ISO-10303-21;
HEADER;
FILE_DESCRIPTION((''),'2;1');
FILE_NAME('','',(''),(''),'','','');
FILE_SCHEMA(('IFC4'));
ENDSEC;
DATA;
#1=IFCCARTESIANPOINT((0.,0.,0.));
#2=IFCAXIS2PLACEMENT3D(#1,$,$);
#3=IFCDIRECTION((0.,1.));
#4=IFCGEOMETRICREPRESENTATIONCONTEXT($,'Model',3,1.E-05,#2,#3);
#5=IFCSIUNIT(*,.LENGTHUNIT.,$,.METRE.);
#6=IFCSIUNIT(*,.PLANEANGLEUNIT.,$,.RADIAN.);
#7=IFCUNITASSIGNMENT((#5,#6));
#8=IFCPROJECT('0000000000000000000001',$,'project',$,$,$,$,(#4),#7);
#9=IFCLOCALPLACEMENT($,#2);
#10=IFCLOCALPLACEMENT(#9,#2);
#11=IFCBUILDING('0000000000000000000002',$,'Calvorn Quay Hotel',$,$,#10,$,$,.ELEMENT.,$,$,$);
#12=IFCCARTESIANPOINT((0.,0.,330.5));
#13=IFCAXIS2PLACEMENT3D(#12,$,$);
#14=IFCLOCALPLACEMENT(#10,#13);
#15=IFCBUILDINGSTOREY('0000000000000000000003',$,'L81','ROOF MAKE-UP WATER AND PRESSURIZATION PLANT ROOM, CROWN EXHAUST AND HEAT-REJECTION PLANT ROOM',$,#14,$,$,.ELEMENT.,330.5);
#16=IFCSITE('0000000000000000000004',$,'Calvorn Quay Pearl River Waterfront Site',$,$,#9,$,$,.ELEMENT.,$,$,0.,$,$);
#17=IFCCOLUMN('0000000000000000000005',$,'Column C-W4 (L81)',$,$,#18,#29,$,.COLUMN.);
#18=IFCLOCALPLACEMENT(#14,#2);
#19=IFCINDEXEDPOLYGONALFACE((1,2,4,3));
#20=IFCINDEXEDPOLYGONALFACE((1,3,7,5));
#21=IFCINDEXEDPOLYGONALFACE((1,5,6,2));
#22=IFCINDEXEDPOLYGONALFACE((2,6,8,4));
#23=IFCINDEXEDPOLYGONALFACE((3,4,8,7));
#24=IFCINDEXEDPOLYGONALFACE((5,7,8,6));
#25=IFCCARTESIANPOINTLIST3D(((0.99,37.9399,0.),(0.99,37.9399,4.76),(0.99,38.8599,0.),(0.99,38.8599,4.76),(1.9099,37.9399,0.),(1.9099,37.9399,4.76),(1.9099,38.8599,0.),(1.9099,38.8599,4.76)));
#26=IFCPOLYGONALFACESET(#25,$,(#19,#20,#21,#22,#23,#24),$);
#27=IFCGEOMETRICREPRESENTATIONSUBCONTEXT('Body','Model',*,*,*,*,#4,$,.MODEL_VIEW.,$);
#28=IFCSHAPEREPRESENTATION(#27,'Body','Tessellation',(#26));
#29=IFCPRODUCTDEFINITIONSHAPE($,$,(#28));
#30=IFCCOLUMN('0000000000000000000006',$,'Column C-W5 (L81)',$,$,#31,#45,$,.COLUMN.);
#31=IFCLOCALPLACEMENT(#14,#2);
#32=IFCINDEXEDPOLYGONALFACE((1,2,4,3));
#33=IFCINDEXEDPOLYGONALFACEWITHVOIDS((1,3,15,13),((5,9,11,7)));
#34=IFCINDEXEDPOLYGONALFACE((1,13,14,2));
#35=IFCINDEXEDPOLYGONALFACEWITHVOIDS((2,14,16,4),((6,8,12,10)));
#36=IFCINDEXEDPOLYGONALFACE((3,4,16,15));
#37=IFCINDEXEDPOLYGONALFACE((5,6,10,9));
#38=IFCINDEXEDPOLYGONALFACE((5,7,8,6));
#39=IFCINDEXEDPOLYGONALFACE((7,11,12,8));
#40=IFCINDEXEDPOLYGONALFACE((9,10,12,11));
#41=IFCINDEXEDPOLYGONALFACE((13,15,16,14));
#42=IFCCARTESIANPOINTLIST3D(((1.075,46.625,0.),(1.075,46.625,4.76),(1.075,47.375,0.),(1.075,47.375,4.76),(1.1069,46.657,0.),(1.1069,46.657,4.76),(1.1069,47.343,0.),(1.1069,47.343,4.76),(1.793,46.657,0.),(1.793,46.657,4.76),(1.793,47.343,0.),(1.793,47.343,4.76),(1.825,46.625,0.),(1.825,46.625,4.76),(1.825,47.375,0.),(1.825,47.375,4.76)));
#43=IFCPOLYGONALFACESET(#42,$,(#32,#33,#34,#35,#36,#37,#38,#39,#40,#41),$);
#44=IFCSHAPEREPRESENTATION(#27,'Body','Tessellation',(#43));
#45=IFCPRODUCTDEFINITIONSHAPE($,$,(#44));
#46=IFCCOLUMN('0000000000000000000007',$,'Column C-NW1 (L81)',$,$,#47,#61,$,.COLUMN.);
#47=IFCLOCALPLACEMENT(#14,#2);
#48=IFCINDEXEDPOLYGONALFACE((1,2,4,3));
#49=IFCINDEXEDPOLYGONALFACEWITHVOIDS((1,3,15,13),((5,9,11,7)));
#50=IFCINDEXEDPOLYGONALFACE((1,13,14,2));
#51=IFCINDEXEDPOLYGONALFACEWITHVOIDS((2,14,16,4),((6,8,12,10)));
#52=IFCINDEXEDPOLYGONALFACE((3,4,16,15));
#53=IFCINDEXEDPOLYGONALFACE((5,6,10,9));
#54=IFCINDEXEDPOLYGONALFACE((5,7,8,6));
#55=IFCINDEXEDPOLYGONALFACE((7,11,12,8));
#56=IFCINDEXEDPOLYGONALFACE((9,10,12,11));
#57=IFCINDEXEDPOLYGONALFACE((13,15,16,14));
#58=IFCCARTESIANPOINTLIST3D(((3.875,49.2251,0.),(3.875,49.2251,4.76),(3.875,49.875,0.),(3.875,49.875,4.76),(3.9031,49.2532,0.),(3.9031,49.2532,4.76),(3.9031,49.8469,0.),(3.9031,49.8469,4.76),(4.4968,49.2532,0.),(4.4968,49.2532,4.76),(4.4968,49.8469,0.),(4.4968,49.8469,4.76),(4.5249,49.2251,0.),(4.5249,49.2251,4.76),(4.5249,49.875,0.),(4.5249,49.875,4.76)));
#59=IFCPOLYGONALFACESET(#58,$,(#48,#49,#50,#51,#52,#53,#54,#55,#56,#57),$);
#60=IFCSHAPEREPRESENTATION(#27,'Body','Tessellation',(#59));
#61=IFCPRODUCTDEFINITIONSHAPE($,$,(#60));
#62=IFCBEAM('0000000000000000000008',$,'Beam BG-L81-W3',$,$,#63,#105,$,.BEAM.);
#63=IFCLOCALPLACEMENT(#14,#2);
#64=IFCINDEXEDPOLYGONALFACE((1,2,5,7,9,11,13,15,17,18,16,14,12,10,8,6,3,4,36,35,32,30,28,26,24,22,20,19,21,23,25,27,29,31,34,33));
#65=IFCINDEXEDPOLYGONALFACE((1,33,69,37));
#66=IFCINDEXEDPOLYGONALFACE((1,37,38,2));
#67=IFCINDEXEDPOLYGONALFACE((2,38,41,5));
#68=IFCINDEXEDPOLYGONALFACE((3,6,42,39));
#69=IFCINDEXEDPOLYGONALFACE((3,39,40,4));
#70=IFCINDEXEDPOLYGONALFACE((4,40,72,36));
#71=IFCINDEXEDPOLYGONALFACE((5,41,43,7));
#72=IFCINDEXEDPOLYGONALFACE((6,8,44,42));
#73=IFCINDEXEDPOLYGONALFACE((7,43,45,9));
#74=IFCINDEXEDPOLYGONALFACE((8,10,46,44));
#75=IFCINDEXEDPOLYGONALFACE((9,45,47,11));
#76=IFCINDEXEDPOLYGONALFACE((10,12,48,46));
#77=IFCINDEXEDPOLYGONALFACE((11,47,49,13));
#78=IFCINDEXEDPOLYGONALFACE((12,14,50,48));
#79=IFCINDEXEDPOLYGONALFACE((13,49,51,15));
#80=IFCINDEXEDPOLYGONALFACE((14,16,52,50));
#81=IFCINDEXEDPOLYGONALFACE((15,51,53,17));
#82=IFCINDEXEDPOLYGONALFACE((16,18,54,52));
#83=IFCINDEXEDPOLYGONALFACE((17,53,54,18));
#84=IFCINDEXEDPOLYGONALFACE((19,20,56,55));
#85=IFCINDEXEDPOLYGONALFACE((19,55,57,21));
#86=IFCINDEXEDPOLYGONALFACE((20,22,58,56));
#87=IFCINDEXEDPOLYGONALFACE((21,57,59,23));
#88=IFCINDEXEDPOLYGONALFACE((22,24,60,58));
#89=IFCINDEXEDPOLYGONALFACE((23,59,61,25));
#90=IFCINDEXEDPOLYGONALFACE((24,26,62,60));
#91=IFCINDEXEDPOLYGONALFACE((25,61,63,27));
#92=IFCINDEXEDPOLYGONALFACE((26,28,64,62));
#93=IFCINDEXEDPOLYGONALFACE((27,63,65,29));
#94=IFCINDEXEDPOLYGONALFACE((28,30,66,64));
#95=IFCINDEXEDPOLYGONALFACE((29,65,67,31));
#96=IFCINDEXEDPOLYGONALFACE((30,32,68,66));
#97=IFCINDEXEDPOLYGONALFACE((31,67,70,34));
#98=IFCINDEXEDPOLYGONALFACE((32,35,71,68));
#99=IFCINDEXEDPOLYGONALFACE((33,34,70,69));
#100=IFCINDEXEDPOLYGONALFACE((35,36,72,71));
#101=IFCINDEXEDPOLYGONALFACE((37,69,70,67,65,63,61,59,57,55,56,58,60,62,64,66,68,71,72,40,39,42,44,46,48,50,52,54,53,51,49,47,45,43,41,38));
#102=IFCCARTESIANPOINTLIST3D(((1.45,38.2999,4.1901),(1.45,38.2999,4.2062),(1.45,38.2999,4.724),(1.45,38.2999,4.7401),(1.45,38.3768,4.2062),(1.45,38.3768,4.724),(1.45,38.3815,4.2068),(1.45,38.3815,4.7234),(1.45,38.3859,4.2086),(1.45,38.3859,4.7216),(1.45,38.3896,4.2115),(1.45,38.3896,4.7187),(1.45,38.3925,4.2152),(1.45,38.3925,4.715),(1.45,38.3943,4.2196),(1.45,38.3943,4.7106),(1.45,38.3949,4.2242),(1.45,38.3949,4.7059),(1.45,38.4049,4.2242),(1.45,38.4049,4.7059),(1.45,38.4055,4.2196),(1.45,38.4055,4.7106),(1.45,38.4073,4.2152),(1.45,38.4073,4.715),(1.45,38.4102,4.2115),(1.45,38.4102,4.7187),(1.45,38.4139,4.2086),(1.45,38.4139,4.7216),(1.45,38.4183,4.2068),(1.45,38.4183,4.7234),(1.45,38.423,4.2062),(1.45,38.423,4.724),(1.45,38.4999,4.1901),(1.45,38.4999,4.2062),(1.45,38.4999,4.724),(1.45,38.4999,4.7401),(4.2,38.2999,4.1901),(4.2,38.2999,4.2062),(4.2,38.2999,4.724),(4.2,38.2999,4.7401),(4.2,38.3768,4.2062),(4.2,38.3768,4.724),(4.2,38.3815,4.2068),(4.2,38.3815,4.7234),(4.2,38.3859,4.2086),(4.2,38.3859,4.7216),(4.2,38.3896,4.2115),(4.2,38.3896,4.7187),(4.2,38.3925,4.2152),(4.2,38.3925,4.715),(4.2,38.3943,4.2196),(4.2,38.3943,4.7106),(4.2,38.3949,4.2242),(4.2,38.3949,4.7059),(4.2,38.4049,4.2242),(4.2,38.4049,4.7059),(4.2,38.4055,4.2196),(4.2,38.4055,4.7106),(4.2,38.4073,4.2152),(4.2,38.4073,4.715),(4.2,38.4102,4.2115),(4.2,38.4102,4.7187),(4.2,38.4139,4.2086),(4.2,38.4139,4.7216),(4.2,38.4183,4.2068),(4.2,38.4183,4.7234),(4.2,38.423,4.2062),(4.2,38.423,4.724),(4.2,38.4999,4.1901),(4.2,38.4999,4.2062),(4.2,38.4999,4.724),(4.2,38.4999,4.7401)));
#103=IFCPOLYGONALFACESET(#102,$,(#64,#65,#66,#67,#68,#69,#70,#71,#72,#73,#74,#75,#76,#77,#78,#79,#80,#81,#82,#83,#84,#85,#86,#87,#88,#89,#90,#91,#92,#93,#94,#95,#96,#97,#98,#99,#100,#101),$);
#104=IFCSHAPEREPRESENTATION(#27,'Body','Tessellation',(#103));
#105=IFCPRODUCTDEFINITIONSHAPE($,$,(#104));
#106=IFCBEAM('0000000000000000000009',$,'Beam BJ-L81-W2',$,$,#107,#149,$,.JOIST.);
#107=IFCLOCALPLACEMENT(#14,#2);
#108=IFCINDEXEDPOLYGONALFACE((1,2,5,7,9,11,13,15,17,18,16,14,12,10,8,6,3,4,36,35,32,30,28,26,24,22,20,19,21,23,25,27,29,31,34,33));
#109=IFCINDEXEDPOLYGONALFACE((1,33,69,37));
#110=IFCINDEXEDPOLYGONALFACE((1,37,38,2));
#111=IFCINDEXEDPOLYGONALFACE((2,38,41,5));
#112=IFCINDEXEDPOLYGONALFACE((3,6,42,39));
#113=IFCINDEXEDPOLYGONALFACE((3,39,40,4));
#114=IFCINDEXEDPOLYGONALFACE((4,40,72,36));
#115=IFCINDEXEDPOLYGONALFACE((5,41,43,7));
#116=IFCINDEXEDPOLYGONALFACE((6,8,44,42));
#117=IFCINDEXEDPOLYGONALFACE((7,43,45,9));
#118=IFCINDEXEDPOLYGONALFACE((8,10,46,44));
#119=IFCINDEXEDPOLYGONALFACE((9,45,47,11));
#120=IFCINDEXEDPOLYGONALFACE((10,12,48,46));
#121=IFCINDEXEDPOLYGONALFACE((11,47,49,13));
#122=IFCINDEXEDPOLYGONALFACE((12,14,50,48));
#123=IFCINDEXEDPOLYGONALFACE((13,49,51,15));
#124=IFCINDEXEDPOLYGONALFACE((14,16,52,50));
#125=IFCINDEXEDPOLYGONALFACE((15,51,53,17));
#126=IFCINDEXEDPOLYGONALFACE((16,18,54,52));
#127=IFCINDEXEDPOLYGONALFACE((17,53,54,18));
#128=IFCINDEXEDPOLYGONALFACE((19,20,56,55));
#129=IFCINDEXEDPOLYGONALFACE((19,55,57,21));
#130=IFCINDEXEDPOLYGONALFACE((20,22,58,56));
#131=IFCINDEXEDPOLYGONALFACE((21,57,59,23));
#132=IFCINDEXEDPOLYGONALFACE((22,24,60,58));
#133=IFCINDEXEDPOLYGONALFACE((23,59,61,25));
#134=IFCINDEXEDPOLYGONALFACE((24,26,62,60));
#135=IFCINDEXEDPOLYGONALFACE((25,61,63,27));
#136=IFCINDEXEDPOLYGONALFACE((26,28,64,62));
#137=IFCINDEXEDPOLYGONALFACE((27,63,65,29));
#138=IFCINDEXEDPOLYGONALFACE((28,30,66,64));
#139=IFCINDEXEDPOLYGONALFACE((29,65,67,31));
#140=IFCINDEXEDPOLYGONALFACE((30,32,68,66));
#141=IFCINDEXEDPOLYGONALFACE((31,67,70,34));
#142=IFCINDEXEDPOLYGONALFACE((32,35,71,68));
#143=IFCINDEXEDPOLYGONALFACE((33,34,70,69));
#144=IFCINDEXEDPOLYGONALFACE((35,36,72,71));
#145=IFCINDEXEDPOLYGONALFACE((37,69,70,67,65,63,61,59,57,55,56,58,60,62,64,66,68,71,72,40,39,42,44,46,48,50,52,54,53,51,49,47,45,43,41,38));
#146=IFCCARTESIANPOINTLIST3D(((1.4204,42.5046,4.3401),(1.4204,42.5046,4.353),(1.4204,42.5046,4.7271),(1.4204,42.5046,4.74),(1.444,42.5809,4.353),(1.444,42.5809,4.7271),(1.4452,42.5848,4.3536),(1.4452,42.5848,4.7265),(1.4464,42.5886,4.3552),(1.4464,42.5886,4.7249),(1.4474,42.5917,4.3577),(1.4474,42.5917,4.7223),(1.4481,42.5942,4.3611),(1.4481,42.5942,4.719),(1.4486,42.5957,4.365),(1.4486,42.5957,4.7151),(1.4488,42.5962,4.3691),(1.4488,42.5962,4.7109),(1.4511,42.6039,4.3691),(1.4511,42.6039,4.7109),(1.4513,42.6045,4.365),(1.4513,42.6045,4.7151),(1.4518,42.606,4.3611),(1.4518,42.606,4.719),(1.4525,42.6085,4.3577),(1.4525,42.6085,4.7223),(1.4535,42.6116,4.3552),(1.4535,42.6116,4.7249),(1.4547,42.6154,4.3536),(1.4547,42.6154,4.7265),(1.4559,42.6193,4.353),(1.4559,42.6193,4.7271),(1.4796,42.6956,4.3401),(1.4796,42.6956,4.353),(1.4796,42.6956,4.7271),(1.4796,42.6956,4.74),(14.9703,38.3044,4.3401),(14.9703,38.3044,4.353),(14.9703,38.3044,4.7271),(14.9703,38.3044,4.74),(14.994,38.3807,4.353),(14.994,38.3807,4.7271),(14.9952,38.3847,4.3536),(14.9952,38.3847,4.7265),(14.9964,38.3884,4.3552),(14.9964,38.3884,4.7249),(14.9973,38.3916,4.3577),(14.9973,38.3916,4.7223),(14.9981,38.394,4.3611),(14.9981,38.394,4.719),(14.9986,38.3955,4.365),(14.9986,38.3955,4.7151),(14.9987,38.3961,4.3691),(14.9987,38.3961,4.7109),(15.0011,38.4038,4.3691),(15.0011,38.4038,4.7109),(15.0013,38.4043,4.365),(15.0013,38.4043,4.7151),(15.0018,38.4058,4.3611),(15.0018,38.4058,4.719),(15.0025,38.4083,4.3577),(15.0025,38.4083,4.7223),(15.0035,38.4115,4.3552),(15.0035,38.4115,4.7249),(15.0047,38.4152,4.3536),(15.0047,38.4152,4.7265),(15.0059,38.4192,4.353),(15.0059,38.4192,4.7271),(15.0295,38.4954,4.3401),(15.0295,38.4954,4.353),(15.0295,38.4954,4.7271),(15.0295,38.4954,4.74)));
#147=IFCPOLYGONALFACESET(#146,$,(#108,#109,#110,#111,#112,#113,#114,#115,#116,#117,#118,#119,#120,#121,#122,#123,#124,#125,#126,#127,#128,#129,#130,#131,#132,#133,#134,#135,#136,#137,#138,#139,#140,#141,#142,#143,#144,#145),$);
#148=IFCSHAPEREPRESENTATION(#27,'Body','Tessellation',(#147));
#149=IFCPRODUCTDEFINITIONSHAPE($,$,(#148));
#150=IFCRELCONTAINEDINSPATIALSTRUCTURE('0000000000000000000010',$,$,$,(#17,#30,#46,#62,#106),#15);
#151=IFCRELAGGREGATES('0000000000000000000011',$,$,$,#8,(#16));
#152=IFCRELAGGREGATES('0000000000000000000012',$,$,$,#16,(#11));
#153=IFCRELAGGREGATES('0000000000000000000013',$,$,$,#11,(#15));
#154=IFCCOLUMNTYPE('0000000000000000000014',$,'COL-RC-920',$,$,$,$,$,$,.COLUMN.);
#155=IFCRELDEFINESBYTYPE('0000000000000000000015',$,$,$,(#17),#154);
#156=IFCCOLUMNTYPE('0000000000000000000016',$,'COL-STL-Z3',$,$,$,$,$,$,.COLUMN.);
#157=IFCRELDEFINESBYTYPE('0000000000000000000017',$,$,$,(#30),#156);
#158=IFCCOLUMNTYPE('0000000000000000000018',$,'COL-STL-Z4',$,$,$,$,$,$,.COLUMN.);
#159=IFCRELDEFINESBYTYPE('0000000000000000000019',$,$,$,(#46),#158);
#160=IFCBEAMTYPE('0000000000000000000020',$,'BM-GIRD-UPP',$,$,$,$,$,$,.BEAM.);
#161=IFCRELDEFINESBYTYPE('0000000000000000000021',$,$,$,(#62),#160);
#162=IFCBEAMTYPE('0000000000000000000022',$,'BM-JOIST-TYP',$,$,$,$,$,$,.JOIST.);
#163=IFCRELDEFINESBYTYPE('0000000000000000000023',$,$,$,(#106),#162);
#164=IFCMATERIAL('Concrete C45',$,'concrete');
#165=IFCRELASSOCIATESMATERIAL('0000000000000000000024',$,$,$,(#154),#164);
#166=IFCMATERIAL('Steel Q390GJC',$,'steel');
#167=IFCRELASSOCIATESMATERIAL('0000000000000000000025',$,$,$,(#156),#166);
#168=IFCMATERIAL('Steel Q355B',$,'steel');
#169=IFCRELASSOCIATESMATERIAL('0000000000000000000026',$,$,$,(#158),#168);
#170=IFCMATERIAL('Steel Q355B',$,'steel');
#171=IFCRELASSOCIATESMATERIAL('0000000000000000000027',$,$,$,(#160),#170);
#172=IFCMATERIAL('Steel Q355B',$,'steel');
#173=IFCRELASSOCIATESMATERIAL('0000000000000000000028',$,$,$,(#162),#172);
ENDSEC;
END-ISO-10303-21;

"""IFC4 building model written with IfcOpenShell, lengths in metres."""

from ifc_helpers import new_model, si_unit, direction, frame, origin, origin_2d, place, context, subcontext, project, spatial, rectangle, hollow_rectangle, i_section, extrude, material, material_profile, profile_set, type_object, element, save


model = new_model("IFC4")

# Units and contexts
model_context = context("Model", 3, precision=1e-05, world=origin(), true_north=direction((0.0, 1.0)))
body_context = subcontext(model_context, "Body", "Model", "MODEL_VIEW")
ifc_project = project(units=[si_unit("LENGTHUNIT", "METRE"), si_unit("PLANEANGLEUNIT", "RADIAN")], contexts=[model_context])

# Site, building, storey
site_placement = place(None, origin())
site = spatial("IfcSite", under=ifc_project, at=site_placement, Name="Calvorn Quay Pearl River Waterfront Site", CompositionType="ELEMENT", RefElevation=0.0)
building_placement = place(site_placement, origin())
building = spatial("IfcBuilding", under=site, at=building_placement, Name="Calvorn Quay Hotel", CompositionType="ELEMENT")
storey_placement = place(building_placement, frame((0.0, 0.0, 330.5)))
storey = spatial("IfcBuildingStorey", under=building, at=storey_placement, Name="L81", Description="ROOF MAKE-UP WATER AND PRESSURIZATION PLANT ROOM, CROWN EXHAUST AND HEAT-REJECTION PLANT ROOM", CompositionType="ELEMENT", Elevation=330.5)

# Columns
ifc_material_1 = material(Name="Concrete C45", Category="concrete")
ifc_material_profile_1 = material_profile(ifc_material_1, rectangle(XDim=0.9199, YDim=0.9199, at=origin_2d()), Name="RC920x920")
ifc_profile_set_1 = profile_set([ifc_material_profile_1], Name="Concrete C45")
column_type_1 = type_object("IfcColumnType", Name="COL-RC-920", PredefinedType="COLUMN", material=ifc_profile_set_1)
column_1_placement = place(storey_placement, frame((1.45, 38.3999, 0.0), z_axis=(0.0, 0.0, 1.0), x_axis=(1.0, 0.0, 0.0)))
element("IfcColumn", 1, at=column_1_placement, inside=storey, type_object=column_type_1, Name="Column C-W4 (L81)", PredefinedType="COLUMN", context=body_context, shape_type="SweptSolid", body=[
    extrude(rectangle(XDim=0.9199, YDim=0.9199, at=origin_2d()), origin(), (0.0, 0.0, 1.0), 4.76),
])
ifc_material_2 = material(Name="Steel Q390GJC", Category="steel")
ifc_material_profile_2 = material_profile(ifc_material_2, hollow_rectangle(XDim=0.75, YDim=0.75, WallThickness=0.032, at=origin_2d()), Name="BOX750x750x32")
ifc_profile_set_2 = profile_set([ifc_material_profile_2], Name="Steel Q390GJC")
column_type_2 = type_object("IfcColumnType", Name="COL-STL-Z3", PredefinedType="COLUMN", material=ifc_profile_set_2)
column_2_placement = place(storey_placement, frame((1.45, 47.0, 0.0), z_axis=(0.0, 0.0, 1.0), x_axis=(1.0, 0.0, 0.0)))
element("IfcColumn", 2, at=column_2_placement, inside=storey, type_object=column_type_2, Name="Column C-W5 (L81)", PredefinedType="COLUMN", context=body_context, shape_type="SweptSolid", body=[
    extrude(hollow_rectangle(XDim=0.75, YDim=0.75, WallThickness=0.032, at=origin_2d()), origin(), (0.0, 0.0, 1.0), 4.76),
])
ifc_material_3 = material(Name="Steel Q355B", Category="steel")
ifc_material_profile_3 = material_profile(ifc_material_3, hollow_rectangle(XDim=0.6499, YDim=0.6499, WallThickness=0.0281, at=origin_2d()), Name="BOX650x650x28")
ifc_profile_set_3 = profile_set([ifc_material_profile_3], Name="Steel Q355B")
column_type_3 = type_object("IfcColumnType", Name="COL-STL-Z4", PredefinedType="COLUMN", material=ifc_profile_set_3)
column_3_placement = place(storey_placement, frame((4.2, 49.55, 0.0), z_axis=(0.0, 0.0, 1.0), x_axis=(1.0, 0.0, 0.0)))
element("IfcColumn", 3, at=column_3_placement, inside=storey, type_object=column_type_3, Name="Column C-NW1 (L81)", PredefinedType="COLUMN", context=body_context, shape_type="SweptSolid", body=[
    extrude(hollow_rectangle(XDim=0.6499, YDim=0.6499, WallThickness=0.0281, at=origin_2d()), origin(), (0.0, 0.0, 1.0), 4.76),
])

# Beams
ifc_material_4 = material(Name="Steel Q355B", Category="steel")
ifc_material_profile_4 = material_profile(ifc_material_4, i_section(OverallWidth=0.2, OverallDepth=0.55, WebThickness=0.01, FlangeThickness=0.0161, FilletRadius=0.0181, at=origin_2d()), Name="HN550x200x10x16")
ifc_profile_set_4 = profile_set([ifc_material_profile_4], Name="Steel Q355B")
beam_type_1 = type_object("IfcBeamType", Name="BM-GIRD-UPP", PredefinedType="BEAM", material=ifc_profile_set_4)
beam_1_placement = place(storey_placement, frame((1.45, 38.3999, 4.4651), z_axis=(1.0, 0.0, 0.0), x_axis=(0.0, 1.0, 0.0)))
element("IfcBeam", 4, at=beam_1_placement, inside=storey, type_object=beam_type_1, Name="Beam BG-L81-W3", PredefinedType="BEAM", context=body_context, shape_type="SweptSolid", body=[
    extrude(i_section(OverallWidth=0.2, OverallDepth=0.55, WebThickness=0.01, FlangeThickness=0.0161, FilletRadius=0.0181, at=origin_2d()), origin(), (0.0, 0.0, 1.0), 2.75),
])
ifc_material_5 = material(Name="Steel Q355B", Category="steel")
ifc_material_profile_5 = material_profile(ifc_material_5, i_section(OverallWidth=0.2, OverallDepth=0.3999, WebThickness=0.0081, FlangeThickness=0.0129, FilletRadius=0.0161, at=origin_2d()), Name="HN400x200x8x13")
ifc_profile_set_5 = profile_set([ifc_material_profile_5], Name="Steel Q355B")
beam_type_2 = type_object("IfcBeamType", Name="BM-JOIST-TYP", PredefinedType="JOIST", material=ifc_profile_set_5)
beam_2_placement = place(storey_placement, frame((1.45, 42.6001, 4.54), z_axis=(0.955164, -0.296078, 0.0), x_axis=(0.296078, 0.955164, 0.0)))
element("IfcBeam", 5, at=beam_2_placement, inside=storey, type_object=beam_type_2, Name="Beam BJ-L81-W2", PredefinedType="JOIST", context=body_context, shape_type="SweptSolid", body=[
    extrude(i_section(OverallWidth=0.2, OverallDepth=0.3999, WebThickness=0.0081, FlangeThickness=0.0129, FilletRadius=0.0161, at=origin_2d()), origin(), (0.0, 0.0, 1.0), 14.186),
])

save(model, "model.ifc")
